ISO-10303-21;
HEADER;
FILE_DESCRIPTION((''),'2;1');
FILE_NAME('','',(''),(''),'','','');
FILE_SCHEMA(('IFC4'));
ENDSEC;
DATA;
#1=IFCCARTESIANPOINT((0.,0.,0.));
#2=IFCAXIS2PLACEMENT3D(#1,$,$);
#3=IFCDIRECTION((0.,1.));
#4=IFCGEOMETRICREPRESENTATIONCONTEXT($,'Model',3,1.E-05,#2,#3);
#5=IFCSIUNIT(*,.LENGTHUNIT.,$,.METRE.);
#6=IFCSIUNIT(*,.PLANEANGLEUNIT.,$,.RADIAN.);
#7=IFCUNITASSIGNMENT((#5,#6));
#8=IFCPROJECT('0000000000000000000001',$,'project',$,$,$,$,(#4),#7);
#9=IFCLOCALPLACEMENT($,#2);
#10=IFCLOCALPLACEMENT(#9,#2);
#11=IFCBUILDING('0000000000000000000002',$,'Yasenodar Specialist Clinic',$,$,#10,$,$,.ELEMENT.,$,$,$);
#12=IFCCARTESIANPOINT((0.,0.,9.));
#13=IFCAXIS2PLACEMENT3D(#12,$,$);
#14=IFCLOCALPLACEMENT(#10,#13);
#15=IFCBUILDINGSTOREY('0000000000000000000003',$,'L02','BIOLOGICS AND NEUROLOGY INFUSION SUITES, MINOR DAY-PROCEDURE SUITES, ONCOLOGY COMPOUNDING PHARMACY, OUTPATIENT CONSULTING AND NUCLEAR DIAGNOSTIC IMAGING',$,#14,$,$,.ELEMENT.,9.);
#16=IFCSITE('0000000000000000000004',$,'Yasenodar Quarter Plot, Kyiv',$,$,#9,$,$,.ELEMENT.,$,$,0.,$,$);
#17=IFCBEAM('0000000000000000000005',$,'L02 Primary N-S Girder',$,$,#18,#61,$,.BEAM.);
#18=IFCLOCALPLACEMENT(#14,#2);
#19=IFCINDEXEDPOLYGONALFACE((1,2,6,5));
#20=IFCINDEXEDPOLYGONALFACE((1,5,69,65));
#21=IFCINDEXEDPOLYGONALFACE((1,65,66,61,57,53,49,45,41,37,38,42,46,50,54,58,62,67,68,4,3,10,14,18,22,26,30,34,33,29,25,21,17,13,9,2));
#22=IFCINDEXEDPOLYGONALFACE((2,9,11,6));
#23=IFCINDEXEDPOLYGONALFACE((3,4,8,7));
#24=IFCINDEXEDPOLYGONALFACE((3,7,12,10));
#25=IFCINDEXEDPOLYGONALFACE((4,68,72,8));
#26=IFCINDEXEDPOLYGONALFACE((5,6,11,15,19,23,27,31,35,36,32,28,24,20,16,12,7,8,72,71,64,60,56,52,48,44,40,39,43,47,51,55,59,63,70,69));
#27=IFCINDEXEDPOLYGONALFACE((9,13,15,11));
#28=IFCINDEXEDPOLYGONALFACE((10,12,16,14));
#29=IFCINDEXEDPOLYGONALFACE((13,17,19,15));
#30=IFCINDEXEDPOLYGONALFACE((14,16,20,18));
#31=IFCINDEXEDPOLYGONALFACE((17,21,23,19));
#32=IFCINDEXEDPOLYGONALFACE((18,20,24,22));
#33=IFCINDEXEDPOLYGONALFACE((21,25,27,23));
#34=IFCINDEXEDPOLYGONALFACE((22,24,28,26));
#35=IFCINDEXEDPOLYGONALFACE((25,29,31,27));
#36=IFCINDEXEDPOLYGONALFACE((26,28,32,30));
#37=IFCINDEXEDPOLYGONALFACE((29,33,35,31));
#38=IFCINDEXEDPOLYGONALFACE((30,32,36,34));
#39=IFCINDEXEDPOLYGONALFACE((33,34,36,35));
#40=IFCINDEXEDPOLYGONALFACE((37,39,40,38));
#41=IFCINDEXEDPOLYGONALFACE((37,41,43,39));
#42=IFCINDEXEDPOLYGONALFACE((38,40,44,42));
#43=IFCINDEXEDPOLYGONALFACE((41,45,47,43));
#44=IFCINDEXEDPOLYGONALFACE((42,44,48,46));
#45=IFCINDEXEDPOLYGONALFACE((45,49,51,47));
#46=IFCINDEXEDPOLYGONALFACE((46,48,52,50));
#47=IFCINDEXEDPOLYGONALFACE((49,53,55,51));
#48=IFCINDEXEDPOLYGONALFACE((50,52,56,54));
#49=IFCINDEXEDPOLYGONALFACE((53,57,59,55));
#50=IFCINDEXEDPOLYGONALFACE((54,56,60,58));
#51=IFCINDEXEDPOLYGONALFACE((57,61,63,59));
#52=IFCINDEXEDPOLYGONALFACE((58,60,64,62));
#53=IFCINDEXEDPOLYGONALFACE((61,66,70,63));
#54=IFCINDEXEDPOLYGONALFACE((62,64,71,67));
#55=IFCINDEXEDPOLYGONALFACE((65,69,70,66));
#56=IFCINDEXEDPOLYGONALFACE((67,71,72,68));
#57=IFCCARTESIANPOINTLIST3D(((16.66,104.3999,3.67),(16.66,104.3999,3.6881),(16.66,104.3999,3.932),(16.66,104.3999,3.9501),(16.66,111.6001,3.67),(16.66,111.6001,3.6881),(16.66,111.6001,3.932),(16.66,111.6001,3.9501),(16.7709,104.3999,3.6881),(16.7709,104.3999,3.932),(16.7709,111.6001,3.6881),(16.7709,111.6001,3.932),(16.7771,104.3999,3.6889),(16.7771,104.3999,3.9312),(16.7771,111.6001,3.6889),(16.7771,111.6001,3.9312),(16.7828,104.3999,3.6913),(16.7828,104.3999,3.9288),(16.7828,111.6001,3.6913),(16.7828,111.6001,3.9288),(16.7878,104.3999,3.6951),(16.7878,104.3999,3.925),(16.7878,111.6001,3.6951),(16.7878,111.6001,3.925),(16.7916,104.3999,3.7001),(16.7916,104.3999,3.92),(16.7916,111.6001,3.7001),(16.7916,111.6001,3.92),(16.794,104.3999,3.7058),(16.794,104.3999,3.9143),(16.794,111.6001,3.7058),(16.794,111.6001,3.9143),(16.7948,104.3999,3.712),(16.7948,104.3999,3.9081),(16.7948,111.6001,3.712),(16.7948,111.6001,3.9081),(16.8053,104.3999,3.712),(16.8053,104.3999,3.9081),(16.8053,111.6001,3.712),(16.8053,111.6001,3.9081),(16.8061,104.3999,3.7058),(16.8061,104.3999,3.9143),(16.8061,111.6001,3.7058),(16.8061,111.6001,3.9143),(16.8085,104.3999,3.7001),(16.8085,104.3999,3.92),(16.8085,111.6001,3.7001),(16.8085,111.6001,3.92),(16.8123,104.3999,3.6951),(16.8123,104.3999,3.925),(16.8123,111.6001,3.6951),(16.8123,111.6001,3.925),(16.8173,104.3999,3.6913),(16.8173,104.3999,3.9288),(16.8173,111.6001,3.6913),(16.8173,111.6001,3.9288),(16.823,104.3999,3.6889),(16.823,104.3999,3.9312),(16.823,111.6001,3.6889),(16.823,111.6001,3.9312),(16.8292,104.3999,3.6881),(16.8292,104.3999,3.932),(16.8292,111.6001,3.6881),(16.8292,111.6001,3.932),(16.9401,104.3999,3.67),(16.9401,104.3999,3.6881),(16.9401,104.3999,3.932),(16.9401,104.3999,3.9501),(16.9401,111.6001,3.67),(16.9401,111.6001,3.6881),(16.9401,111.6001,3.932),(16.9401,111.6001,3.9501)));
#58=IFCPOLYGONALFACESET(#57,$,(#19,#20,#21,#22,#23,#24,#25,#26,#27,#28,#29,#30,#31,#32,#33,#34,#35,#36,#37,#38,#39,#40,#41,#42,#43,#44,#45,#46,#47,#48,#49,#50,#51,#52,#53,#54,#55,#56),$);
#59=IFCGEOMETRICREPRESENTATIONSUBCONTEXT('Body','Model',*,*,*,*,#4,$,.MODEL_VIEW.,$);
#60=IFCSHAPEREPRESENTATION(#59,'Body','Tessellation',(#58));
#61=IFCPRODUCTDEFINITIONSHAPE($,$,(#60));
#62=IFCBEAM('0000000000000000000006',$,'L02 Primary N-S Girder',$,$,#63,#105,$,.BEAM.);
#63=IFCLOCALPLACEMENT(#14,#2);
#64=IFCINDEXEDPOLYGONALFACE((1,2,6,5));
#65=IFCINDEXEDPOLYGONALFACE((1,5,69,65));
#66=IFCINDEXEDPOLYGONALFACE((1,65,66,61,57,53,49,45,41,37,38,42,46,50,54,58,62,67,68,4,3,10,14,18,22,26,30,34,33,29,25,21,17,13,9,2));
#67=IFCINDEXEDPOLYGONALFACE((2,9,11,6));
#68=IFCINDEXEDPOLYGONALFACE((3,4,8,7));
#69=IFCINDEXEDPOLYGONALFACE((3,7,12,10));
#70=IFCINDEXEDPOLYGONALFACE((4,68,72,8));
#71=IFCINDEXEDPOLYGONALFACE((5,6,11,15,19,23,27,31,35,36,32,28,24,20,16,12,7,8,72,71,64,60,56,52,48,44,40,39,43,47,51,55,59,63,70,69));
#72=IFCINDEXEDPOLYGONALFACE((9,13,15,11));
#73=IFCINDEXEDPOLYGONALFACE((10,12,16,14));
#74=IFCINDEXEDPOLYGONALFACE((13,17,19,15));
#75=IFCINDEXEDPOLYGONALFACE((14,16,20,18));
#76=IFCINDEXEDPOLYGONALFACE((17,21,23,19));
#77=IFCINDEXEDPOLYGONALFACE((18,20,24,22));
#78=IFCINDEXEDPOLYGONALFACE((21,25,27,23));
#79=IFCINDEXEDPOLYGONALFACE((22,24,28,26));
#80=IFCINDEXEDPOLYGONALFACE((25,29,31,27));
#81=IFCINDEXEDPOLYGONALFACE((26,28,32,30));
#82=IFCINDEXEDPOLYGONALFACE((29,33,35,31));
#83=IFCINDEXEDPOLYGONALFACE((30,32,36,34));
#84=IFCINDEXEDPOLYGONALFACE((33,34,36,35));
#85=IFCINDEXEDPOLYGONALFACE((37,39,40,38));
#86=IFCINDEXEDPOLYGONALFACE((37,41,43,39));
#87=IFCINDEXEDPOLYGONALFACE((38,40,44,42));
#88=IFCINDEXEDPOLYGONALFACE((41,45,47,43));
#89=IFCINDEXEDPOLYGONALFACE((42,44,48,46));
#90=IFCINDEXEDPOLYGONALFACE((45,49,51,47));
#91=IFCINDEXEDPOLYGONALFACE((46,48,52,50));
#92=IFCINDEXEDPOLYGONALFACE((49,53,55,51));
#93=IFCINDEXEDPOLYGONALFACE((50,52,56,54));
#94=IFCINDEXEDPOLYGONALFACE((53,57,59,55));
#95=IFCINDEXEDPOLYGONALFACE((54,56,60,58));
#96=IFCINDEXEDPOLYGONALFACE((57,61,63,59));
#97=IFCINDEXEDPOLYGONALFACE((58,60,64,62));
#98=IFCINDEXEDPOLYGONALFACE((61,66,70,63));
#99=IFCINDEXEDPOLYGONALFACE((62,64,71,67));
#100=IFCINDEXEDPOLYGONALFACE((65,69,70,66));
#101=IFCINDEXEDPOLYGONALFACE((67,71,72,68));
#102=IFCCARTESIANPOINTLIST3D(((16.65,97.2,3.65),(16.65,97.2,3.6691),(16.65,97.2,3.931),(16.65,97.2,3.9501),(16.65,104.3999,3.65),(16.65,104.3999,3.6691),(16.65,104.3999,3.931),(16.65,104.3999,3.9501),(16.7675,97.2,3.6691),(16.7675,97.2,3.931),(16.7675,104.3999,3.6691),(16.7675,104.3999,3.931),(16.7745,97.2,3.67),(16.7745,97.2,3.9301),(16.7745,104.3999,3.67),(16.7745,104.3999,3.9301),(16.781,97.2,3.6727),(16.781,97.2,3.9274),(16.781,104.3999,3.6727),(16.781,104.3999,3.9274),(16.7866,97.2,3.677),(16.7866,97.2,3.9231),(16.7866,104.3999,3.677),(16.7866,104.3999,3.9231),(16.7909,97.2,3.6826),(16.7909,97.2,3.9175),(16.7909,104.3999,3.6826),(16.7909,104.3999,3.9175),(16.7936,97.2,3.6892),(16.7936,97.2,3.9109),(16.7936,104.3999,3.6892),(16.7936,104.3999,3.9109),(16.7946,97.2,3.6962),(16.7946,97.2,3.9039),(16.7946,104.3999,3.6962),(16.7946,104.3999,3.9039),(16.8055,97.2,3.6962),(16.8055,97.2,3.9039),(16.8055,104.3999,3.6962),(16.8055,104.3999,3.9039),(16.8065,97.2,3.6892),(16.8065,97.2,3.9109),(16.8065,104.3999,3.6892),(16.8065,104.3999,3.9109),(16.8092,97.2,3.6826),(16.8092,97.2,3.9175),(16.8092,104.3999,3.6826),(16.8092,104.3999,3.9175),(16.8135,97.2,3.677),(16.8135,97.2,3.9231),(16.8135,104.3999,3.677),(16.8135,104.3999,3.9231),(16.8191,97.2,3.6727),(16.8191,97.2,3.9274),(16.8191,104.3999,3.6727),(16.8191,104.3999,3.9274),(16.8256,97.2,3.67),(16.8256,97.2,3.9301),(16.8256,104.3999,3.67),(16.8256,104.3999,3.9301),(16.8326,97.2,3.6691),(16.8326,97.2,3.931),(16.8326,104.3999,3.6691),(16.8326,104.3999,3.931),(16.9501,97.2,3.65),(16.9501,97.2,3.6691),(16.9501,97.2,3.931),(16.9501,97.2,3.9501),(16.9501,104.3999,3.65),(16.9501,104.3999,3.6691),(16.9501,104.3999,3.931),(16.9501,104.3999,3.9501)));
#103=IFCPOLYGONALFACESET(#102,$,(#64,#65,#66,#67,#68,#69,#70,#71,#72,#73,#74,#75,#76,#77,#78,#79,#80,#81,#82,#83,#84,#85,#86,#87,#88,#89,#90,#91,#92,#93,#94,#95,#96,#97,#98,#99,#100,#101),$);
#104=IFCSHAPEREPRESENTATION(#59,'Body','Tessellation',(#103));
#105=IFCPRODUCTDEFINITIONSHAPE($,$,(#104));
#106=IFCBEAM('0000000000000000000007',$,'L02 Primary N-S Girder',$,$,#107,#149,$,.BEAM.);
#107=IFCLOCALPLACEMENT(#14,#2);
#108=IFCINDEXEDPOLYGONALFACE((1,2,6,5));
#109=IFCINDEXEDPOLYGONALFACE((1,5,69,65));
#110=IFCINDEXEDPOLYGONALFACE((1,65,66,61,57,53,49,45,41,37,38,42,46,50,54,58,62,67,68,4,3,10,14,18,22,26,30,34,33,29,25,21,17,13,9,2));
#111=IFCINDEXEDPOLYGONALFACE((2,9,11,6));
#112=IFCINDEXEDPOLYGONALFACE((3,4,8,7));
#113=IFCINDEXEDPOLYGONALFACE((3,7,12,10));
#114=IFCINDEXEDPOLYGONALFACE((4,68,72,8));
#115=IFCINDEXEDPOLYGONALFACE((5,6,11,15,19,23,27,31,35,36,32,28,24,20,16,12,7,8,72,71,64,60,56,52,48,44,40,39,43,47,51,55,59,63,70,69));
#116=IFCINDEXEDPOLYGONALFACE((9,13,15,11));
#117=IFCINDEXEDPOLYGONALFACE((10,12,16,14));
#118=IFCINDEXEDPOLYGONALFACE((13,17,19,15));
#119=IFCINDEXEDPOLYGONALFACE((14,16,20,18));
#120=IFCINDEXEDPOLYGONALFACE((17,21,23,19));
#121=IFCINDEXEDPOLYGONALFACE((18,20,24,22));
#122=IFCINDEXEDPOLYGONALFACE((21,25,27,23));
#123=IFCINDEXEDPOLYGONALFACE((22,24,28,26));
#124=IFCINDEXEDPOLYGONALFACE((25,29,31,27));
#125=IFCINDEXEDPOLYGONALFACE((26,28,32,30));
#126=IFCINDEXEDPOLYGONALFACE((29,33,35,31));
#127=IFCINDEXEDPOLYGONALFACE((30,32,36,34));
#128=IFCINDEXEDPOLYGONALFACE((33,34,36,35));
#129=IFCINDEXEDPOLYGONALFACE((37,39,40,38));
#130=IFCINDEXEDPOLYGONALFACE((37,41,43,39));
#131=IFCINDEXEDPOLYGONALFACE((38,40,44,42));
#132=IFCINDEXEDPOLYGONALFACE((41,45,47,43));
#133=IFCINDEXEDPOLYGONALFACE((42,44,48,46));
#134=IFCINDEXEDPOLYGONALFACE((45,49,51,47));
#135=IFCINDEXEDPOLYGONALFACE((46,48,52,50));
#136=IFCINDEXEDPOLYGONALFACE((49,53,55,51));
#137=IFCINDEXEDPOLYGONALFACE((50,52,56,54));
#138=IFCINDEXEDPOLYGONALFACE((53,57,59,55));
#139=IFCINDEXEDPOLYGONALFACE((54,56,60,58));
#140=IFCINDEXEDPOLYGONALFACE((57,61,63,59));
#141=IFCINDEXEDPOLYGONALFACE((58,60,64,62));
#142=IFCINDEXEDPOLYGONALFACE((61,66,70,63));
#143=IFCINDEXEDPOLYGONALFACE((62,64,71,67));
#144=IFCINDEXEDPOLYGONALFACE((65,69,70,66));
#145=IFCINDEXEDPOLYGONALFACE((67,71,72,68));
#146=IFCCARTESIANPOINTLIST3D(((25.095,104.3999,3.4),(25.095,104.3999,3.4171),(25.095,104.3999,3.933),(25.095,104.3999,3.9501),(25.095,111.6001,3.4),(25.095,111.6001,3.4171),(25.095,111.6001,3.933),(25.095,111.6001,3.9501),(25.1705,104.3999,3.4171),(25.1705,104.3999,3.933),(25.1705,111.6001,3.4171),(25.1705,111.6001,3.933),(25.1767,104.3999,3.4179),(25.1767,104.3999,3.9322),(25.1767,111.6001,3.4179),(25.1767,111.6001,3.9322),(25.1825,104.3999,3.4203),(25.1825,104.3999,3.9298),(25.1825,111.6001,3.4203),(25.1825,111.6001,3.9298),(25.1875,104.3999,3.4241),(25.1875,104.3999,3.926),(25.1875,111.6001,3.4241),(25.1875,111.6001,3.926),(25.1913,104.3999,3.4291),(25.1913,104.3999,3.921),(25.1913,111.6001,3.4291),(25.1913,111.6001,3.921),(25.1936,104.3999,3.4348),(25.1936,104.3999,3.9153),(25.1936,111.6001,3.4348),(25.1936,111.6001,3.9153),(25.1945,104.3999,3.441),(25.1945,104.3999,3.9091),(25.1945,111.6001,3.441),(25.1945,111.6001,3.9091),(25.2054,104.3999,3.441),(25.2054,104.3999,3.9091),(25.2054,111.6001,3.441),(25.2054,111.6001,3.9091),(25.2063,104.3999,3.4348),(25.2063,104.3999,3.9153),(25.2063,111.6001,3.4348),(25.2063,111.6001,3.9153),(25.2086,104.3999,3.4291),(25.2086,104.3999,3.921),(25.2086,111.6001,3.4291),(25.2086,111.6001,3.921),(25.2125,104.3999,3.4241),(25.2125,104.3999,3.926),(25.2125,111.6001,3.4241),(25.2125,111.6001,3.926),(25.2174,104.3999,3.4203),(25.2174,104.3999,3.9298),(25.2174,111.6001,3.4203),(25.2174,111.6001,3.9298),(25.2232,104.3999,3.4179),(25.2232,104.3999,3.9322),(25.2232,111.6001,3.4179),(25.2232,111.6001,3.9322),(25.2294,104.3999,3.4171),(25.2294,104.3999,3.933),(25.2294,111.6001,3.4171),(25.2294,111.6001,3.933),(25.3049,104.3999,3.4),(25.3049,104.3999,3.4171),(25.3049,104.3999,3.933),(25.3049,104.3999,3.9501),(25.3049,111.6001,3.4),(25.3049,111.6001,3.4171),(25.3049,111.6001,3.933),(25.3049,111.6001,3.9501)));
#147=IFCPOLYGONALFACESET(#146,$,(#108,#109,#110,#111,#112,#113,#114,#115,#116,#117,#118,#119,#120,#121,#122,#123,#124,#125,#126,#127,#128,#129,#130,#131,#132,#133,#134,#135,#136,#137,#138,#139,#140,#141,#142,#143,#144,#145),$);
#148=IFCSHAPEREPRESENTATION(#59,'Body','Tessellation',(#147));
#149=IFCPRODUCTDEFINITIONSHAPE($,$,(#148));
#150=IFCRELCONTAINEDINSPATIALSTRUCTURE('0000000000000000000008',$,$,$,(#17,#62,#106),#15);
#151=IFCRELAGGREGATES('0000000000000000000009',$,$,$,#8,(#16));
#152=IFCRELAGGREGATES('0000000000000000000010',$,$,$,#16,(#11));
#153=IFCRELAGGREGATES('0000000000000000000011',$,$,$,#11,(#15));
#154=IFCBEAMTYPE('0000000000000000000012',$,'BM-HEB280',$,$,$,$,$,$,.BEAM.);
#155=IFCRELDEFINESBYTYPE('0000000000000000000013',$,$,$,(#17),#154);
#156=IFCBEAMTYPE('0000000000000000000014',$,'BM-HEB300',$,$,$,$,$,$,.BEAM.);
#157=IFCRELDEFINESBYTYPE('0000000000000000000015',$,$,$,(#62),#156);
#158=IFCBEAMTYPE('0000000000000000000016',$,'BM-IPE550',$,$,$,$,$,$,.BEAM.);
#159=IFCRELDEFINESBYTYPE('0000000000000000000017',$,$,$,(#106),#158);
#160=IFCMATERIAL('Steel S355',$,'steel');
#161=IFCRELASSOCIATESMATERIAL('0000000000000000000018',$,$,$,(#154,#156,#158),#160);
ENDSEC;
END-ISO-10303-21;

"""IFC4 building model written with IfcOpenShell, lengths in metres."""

from ifc_helpers import new_model, si_unit, direction, frame, origin, origin_2d, place, context, subcontext, project, spatial, i_section, extrude, material, material_profile, profile_set, type_object, element, save


model = new_model("IFC4")

# Units and contexts
model_context = context("Model", 3, precision=1e-05, world=origin(), true_north=direction((0.0, 1.0)))
body_context = subcontext(model_context, "Body", "Model", "MODEL_VIEW")
ifc_project = project(units=[si_unit("LENGTHUNIT", "METRE"), si_unit("PLANEANGLEUNIT", "RADIAN")], contexts=[model_context])

# Site, building, storey
site_placement = place(None, origin())
site = spatial("IfcSite", under=ifc_project, at=site_placement, Name="Yasenodar Quarter Plot, Kyiv", CompositionType="ELEMENT", RefElevation=0.0)
building_placement = place(site_placement, origin())
building = spatial("IfcBuilding", under=site, at=building_placement, Name="Yasenodar Specialist Clinic", CompositionType="ELEMENT")
storey_placement = place(building_placement, frame((0.0, 0.0, 9.0)))
storey = spatial("IfcBuildingStorey", under=building, at=storey_placement, Name="L02", Description="BIOLOGICS AND NEUROLOGY INFUSION SUITES, MINOR DAY-PROCEDURE SUITES, ONCOLOGY COMPOUNDING PHARMACY, OUTPATIENT CONSULTING AND NUCLEAR DIAGNOSTIC IMAGING", CompositionType="ELEMENT", Elevation=9.0)

# Shared definitions
ifc_material_1 = material(Name="Steel S355", Category="steel")

# Beams
ifc_material_profile_1 = material_profile(ifc_material_1, i_section(OverallWidth=0.28, OverallDepth=0.28, WebThickness=0.0105, FlangeThickness=0.0181, FilletRadius=0.0239, at=origin_2d()), Name="HEB 280")
ifc_profile_set_1 = profile_set([ifc_material_profile_1], Name="Steel S355")
beam_type_1 = type_object("IfcBeamType", Name="BM-HEB280", PredefinedType="BEAM", material=ifc_profile_set_1)
beam_1_placement = place(storey_placement, frame((16.8, 104.3999, 3.8101), z_axis=(0.0, 1.0, 0.0), x_axis=(-1.0, 0.0, 0.0)))
element("IfcBeam", 1, at=beam_1_placement, inside=storey, type_object=beam_type_1, Name="L02 Primary N-S Girder", PredefinedType="BEAM", context=body_context, shape_type="SweptSolid", body=[
    extrude(i_section(OverallWidth=0.28, OverallDepth=0.28, WebThickness=0.0105, FlangeThickness=0.0181, FilletRadius=0.0239, at=origin_2d()), origin(), (0.0, 0.0, 1.0), 7.2002),
])
ifc_material_profile_2 = material_profile(ifc_material_1, i_section(OverallWidth=0.3, OverallDepth=0.3, WebThickness=0.011, FlangeThickness=0.019, FilletRadius=0.0271, at=origin_2d()), Name="HEB 300")
ifc_profile_set_2 = profile_set([ifc_material_profile_2], Name="Steel S355")
beam_type_2 = type_object("IfcBeamType", Name="BM-HEB300", PredefinedType="BEAM", material=ifc_profile_set_2)
beam_2_placement = place(storey_placement, frame((16.8, 97.2, 3.8), z_axis=(0.0, 1.0, 0.0), x_axis=(-1.0, 0.0, 0.0)))
element("IfcBeam", 2, at=beam_2_placement, inside=storey, type_object=beam_type_2, Name="L02 Primary N-S Girder", PredefinedType="BEAM", context=body_context, shape_type="SweptSolid", body=[
    extrude(i_section(OverallWidth=0.3, OverallDepth=0.3, WebThickness=0.011, FlangeThickness=0.019, FilletRadius=0.0271, at=origin_2d()), origin(), (0.0, 0.0, 1.0), 7.2),
])
ifc_material_profile_3 = material_profile(ifc_material_1, i_section(OverallWidth=0.21, OverallDepth=0.55, WebThickness=0.011, FlangeThickness=0.0171, FilletRadius=0.0239, at=origin_2d()), Name="IPE 550")
ifc_profile_set_3 = profile_set([ifc_material_profile_3], Name="Steel S355")
beam_type_3 = type_object("IfcBeamType", Name="BM-IPE550", PredefinedType="BEAM", material=ifc_profile_set_3)
beam_3_placement = place(storey_placement, frame((25.2, 104.3999, 3.675), z_axis=(0.0, 1.0, 0.0), x_axis=(-1.0, 0.0, 0.0)))
element("IfcBeam", 3, at=beam_3_placement, inside=storey, type_object=beam_type_3, Name="L02 Primary N-S Girder", PredefinedType="BEAM", context=body_context, shape_type="SweptSolid", body=[
    extrude(i_section(OverallWidth=0.21, OverallDepth=0.55, WebThickness=0.011, FlangeThickness=0.0171, FilletRadius=0.0239, at=origin_2d()), origin(), (0.0, 0.0, 1.0), 7.2002),
])

save(model, "model.ifc")
